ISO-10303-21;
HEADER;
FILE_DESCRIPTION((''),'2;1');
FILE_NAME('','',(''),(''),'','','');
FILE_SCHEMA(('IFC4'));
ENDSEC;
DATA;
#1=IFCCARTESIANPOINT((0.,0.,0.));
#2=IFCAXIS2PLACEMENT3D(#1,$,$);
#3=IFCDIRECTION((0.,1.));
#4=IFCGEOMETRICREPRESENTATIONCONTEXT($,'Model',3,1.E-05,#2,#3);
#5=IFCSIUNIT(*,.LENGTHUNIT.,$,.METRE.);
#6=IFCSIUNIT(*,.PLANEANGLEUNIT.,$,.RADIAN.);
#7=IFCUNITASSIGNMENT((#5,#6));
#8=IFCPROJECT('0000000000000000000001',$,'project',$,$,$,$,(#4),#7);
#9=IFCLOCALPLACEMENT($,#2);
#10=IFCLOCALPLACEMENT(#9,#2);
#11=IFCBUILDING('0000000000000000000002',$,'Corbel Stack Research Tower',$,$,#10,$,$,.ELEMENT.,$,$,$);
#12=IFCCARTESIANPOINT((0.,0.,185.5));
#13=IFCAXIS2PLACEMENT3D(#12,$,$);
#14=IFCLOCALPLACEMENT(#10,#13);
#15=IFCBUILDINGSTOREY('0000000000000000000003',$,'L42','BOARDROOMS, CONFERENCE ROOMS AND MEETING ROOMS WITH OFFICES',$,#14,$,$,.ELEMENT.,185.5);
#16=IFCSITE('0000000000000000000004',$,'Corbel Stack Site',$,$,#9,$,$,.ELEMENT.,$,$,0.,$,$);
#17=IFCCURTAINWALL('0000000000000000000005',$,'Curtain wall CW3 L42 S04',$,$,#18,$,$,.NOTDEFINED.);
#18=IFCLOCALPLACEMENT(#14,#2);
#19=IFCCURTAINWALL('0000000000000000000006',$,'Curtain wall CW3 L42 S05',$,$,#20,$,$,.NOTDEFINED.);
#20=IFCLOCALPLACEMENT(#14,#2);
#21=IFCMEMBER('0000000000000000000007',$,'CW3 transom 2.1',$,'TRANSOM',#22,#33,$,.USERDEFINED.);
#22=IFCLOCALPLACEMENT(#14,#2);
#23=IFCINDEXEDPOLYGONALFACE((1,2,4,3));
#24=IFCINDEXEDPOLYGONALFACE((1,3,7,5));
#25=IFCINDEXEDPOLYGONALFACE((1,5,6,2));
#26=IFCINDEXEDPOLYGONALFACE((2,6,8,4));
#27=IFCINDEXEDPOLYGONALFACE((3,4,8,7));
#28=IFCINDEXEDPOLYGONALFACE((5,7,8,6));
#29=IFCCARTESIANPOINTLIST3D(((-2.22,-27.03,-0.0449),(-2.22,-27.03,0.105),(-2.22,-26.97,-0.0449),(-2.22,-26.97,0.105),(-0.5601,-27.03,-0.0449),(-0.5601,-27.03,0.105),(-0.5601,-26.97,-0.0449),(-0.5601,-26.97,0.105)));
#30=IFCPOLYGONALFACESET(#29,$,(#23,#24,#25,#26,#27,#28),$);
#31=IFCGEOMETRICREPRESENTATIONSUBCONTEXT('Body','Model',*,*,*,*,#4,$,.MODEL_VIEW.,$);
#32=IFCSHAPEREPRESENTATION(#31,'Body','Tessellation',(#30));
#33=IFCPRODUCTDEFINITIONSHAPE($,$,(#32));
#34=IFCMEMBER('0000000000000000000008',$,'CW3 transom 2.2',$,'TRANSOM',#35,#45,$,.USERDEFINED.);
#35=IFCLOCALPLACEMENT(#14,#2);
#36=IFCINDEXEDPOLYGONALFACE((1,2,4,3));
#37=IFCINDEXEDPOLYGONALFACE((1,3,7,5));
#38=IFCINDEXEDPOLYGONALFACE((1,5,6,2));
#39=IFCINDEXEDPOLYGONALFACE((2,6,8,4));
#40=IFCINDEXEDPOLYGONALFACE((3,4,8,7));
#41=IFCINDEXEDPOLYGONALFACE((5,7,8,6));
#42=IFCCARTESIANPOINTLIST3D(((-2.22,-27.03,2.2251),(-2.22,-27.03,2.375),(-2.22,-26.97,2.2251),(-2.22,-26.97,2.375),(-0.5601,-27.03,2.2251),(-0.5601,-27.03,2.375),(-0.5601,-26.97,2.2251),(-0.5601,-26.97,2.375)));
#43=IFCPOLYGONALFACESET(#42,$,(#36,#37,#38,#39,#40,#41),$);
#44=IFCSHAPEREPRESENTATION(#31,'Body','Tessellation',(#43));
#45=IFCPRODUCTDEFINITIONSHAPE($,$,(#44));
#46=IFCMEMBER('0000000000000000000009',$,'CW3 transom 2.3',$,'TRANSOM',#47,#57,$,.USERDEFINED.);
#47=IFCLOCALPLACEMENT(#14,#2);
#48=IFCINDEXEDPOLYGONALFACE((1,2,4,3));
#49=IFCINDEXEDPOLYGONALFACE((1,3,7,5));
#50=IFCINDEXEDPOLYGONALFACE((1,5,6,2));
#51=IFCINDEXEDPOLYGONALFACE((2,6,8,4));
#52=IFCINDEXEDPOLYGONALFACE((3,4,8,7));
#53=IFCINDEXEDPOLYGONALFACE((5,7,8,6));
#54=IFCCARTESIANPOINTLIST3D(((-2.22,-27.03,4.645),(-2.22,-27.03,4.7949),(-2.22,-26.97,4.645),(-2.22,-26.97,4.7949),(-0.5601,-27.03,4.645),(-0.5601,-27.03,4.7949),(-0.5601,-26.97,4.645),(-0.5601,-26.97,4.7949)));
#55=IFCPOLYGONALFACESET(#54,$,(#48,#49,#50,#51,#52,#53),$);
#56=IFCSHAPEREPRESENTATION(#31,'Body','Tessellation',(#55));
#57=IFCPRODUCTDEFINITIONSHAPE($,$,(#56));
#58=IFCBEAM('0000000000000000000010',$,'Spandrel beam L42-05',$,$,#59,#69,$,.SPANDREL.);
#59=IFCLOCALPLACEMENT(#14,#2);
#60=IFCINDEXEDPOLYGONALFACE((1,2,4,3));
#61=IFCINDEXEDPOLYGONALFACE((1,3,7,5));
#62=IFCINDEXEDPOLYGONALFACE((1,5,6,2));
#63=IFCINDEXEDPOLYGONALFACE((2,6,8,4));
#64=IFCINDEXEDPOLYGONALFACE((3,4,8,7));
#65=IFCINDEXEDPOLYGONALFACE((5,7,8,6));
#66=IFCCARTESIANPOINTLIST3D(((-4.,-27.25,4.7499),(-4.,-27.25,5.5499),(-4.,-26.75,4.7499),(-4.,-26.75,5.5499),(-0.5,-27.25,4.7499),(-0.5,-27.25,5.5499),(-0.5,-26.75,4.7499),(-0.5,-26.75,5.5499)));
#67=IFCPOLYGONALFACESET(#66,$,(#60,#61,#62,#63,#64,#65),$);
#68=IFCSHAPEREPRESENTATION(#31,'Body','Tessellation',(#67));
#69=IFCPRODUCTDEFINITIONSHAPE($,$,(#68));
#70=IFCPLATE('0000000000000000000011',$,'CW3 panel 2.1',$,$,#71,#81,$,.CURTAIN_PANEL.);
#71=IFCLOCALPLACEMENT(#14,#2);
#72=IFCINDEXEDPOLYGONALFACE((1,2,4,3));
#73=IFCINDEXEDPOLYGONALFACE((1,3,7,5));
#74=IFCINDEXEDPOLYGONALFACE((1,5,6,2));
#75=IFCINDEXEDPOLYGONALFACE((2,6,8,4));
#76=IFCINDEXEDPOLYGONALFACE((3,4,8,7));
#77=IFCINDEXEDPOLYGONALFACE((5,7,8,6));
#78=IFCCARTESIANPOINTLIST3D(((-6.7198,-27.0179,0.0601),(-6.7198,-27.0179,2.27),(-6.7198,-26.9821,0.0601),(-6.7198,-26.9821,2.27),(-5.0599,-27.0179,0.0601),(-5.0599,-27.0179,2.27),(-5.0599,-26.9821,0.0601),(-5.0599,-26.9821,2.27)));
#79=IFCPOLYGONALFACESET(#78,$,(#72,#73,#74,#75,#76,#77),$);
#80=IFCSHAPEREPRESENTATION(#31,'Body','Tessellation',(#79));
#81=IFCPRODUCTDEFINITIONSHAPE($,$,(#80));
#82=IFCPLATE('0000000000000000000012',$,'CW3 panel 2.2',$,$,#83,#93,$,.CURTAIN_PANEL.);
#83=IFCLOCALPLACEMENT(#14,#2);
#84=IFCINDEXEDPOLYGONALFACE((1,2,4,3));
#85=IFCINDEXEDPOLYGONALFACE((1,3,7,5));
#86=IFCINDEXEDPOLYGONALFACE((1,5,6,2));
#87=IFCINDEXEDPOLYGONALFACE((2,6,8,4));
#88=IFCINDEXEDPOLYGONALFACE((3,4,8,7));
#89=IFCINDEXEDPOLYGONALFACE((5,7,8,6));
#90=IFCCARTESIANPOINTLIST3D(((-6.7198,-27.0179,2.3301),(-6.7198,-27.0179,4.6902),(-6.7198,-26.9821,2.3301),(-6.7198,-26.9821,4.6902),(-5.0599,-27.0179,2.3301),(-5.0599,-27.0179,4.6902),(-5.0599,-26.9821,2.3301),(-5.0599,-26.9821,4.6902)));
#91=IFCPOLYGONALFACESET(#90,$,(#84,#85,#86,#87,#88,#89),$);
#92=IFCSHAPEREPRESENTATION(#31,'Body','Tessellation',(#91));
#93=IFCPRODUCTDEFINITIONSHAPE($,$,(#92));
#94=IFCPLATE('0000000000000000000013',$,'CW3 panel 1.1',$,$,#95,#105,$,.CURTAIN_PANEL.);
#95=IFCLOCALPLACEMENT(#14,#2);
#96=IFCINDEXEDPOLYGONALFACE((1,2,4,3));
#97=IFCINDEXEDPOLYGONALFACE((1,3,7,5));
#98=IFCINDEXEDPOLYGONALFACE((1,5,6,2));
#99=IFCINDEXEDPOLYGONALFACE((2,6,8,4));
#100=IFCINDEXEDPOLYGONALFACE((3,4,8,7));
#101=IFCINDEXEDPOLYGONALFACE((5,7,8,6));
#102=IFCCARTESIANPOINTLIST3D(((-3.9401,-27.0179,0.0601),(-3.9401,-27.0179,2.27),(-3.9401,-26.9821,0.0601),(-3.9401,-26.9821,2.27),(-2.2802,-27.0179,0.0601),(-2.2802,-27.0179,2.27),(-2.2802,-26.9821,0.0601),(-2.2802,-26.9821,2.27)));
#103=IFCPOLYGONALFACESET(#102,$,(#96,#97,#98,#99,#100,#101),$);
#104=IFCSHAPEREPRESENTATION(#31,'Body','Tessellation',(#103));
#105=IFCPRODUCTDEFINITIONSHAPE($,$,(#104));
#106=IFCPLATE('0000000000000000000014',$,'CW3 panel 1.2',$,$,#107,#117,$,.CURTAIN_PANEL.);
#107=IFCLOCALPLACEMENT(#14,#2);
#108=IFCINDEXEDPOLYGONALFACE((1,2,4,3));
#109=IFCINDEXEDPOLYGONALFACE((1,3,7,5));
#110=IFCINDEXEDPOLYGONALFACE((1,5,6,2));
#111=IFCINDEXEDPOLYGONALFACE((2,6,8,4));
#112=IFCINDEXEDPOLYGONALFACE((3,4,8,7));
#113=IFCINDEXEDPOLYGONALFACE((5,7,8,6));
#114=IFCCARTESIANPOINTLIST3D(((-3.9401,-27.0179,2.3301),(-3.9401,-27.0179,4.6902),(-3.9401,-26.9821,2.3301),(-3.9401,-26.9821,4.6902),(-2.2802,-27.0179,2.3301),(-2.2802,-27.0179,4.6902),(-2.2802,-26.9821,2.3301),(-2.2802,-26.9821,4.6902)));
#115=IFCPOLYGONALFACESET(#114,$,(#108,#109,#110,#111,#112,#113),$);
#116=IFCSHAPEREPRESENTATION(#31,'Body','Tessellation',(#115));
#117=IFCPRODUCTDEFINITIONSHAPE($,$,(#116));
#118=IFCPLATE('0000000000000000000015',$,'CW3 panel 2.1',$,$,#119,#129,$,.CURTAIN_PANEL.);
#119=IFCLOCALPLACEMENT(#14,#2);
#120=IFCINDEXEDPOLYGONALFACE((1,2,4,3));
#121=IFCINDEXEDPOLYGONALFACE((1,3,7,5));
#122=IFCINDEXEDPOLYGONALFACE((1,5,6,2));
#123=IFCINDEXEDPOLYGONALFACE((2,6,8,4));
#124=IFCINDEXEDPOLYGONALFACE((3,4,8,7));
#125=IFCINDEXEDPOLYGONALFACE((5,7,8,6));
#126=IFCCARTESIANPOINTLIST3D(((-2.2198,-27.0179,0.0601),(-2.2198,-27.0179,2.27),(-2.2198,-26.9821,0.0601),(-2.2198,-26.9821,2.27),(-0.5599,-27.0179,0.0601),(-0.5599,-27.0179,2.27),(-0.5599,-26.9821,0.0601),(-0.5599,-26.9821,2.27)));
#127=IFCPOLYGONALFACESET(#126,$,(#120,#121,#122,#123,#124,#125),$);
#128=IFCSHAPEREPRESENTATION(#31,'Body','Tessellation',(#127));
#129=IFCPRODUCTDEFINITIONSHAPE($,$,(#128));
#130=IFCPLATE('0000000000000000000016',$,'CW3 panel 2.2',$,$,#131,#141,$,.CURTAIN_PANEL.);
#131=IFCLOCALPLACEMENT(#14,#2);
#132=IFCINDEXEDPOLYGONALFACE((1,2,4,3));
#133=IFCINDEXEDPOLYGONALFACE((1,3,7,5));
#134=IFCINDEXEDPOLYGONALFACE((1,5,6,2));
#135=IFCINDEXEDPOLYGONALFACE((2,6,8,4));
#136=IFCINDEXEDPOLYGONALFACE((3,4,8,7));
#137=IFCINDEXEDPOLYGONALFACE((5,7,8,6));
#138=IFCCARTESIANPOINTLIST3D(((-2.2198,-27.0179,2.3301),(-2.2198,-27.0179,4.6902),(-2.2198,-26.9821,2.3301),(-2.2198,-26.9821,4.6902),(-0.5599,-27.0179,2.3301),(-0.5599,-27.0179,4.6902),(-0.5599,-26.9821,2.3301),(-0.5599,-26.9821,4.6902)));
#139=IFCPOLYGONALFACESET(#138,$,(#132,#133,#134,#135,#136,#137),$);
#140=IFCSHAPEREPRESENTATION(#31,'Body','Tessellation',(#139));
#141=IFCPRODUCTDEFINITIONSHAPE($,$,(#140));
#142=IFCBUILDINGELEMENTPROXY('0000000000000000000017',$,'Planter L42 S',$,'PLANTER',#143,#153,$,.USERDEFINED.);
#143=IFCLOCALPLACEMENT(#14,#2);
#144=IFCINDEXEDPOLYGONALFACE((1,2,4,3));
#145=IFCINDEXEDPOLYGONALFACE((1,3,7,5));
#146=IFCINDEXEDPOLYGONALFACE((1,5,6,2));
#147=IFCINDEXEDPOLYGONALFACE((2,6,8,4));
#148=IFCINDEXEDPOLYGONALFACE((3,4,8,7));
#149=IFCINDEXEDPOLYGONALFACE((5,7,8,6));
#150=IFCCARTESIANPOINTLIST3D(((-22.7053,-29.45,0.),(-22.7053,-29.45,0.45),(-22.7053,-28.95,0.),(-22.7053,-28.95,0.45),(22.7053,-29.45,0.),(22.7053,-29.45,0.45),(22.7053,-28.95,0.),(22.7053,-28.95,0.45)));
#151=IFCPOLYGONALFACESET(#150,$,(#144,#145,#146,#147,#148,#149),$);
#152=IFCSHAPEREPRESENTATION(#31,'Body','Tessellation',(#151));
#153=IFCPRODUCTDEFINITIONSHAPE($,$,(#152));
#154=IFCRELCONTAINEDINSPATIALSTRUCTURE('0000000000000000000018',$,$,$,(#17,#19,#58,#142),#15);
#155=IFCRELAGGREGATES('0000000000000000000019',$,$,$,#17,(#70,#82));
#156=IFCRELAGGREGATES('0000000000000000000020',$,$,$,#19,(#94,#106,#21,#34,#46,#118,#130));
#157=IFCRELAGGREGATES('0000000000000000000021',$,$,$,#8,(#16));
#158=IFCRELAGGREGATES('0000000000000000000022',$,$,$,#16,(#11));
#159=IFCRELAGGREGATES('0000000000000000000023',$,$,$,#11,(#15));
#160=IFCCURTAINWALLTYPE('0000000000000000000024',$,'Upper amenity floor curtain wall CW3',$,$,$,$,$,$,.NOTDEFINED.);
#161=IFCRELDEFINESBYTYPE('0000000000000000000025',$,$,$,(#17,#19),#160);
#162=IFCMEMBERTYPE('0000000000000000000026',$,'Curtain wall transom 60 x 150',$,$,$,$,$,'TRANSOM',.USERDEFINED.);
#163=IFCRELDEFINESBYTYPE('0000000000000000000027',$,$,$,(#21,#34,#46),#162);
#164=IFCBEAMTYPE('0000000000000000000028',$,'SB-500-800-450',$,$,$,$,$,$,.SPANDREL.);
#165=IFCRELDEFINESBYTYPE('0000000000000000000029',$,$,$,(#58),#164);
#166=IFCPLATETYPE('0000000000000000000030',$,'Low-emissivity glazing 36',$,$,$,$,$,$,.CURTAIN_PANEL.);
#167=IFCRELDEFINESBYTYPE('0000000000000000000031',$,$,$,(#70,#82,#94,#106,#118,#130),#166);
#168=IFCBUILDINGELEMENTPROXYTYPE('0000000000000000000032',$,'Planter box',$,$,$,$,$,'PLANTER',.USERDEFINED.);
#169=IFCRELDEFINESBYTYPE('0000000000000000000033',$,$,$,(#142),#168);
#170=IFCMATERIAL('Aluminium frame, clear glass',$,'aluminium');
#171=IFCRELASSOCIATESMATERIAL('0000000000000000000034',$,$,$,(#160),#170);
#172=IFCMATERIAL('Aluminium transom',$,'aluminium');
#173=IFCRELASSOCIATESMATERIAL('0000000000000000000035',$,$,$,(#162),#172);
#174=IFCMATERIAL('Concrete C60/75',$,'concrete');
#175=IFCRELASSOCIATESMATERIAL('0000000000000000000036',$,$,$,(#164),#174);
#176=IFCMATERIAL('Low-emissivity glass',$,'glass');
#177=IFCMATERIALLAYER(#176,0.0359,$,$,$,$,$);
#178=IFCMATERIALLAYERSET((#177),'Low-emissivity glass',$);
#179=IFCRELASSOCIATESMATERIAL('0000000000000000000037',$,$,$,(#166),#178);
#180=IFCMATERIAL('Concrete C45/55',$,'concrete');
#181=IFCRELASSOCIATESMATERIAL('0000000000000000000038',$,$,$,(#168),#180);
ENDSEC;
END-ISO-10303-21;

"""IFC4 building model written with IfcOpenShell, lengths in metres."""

from ifc_helpers import new_model, si_unit, direction, frame, origin, origin_2d, place, context, subcontext, project, spatial, rectangle, extrude, material, layer, layer_set, material_profile, profile_set, type_object, element, aggregate, save


model = new_model("IFC4")

# Units and contexts
model_context = context("Model", 3, precision=1e-05, world=origin(), true_north=direction((0.0, 1.0)))
body_context = subcontext(model_context, "Body", "Model", "MODEL_VIEW")
ifc_project = project(units=[si_unit("LENGTHUNIT", "METRE"), si_unit("PLANEANGLEUNIT", "RADIAN")], contexts=[model_context])

# Site, building, storey
site_placement = place(None, origin())
site = spatial("IfcSite", under=ifc_project, at=site_placement, Name="Corbel Stack Site", CompositionType="ELEMENT", RefElevation=0.0)
building_placement = place(site_placement, origin())
building = spatial("IfcBuilding", under=site, at=building_placement, Name="Corbel Stack Research Tower", CompositionType="ELEMENT")
storey_placement = place(building_placement, frame((0.0, 0.0, 185.5)))
storey = spatial("IfcBuildingStorey", under=building, at=storey_placement, Name="L42", Description="BOARDROOMS, CONFERENCE ROOMS AND MEETING ROOMS WITH OFFICES", CompositionType="ELEMENT", Elevation=185.5)

# Curtain walls
ifc_material_1 = material(Name="Aluminium frame, clear glass", Category="aluminium")
curtain_wall_type = type_object("IfcCurtainWallType", Name="Upper amenity floor curtain wall CW3", PredefinedType="NOTDEFINED", material=ifc_material_1)
curtain_wall_1_placement = place(storey_placement, origin())
curtain_wall_1 = element("IfcCurtainWall", 1, at=curtain_wall_1_placement, inside=storey, type_object=curtain_wall_type, Name="Curtain wall CW3 L42 S04", PredefinedType="NOTDEFINED")
curtain_wall_2_placement = place(storey_placement, origin())
curtain_wall_2 = element("IfcCurtainWall", 2, at=curtain_wall_2_placement, inside=storey, type_object=curtain_wall_type, Name="Curtain wall CW3 L42 S05", PredefinedType="NOTDEFINED")

# Members
ifc_material_2 = material(Name="Aluminium transom", Category="aluminium")
ifc_material_profile_1 = material_profile(ifc_material_2, rectangle(XDim=0.0601, YDim=0.1499, at=origin_2d()), Name="Transom 60 x 150")
ifc_profile_set_1 = profile_set([ifc_material_profile_1], Name="Aluminium transom")
member_type_1 = type_object("IfcMemberType", Name="Curtain wall transom 60 x 150", ElementType="TRANSOM", PredefinedType="USERDEFINED", material=ifc_profile_set_1)
member_1_placement = place(storey_placement, frame((-2.22, -27.0, 0.03), z_axis=(1.0, 0.0, 0.0), x_axis=(0.0, 1.0, 0.0)))
member_1 = element("IfcMember", 3, at=member_1_placement, type_object=member_type_1, Name="CW3 transom 2.1", ObjectType="TRANSOM", PredefinedType="USERDEFINED", context=body_context, shape_type="SweptSolid", body=[
    extrude(rectangle(XDim=0.0601, YDim=0.1499, at=origin_2d()), origin(), (0.0, 0.0, 1.0), 1.6599),
])
member_2_placement = place(storey_placement, frame((-2.22, -27.0, 2.3), z_axis=(1.0, 0.0, 0.0), x_axis=(0.0, 1.0, 0.0)))
member_2 = element("IfcMember", 4, at=member_2_placement, type_object=member_type_1, Name="CW3 transom 2.2", ObjectType="TRANSOM", PredefinedType="USERDEFINED", context=body_context, shape_type="SweptSolid", body=[
    extrude(rectangle(XDim=0.0601, YDim=0.1499, at=origin_2d()), origin(), (0.0, 0.0, 1.0), 1.6599),
])
member_3_placement = place(storey_placement, frame((-2.22, -27.0, 4.72), z_axis=(1.0, 0.0, 0.0), x_axis=(0.0, 1.0, 0.0)))
member_3 = element("IfcMember", 5, at=member_3_placement, type_object=member_type_1, Name="CW3 transom 2.3", ObjectType="TRANSOM", PredefinedType="USERDEFINED", context=body_context, shape_type="SweptSolid", body=[
    extrude(rectangle(XDim=0.0601, YDim=0.1499, at=origin_2d()), origin(), (0.0, 0.0, 1.0), 1.6599),
])

# Beam
ifc_material_3 = material(Name="Concrete C60/75", Category="concrete")
ifc_material_profile_2 = material_profile(ifc_material_3, rectangle(XDim=0.5, YDim=0.8, at=origin_2d()), Name="RC 500 x 800")
ifc_profile_set_2 = profile_set([ifc_material_profile_2], Name="Concrete C60/75")
beam_type = type_object("IfcBeamType", Name="SB-500-800-450", PredefinedType="SPANDREL", material=ifc_profile_set_2)
beam_placement = place(storey_placement, frame((-4.0, -27.0, 5.1499), z_axis=(1.0, 0.0, 0.0), x_axis=(0.0, 1.0, 0.0)))
element("IfcBeam", 6, at=beam_placement, inside=storey, type_object=beam_type, Name="Spandrel beam L42-05", PredefinedType="SPANDREL", context=body_context, shape_type="SweptSolid", body=[
    extrude(rectangle(XDim=0.5, YDim=0.8, at=origin_2d()), origin(), (0.0, 0.0, 1.0), 3.5),
])

# Plates
ifc_material_4 = material(Name="Low-emissivity glass", Category="glass")
ifc_layer = layer(ifc_material_4, 0.0359)
ifc_layer_set = layer_set([ifc_layer], Name="Low-emissivity glass")
plate_type = type_object("IfcPlateType", Name="Low-emissivity glazing 36", PredefinedType="CURTAIN_PANEL", material=ifc_layer_set)
plate_1_placement = place(storey_placement, frame((-5.8899, -27.0, 0.0601), z_axis=(0.0, 0.0, 1.0), x_axis=(1.0, 0.0, 0.0)))
plate_1 = element("IfcPlate", 7, at=plate_1_placement, type_object=plate_type, Name="CW3 panel 2.1", PredefinedType="CURTAIN_PANEL", context=body_context, shape_type="SweptSolid", body=[
    extrude(rectangle(XDim=1.6599, YDim=0.0359, at=origin_2d()), origin(), (0.0, 0.0, 1.0), 2.21),
])
plate_2_placement = place(storey_placement, frame((-5.8899, -27.0, 2.3301), z_axis=(0.0, 0.0, 1.0), x_axis=(1.0, 0.0, 0.0)))
plate_2 = element("IfcPlate", 8, at=plate_2_placement, type_object=plate_type, Name="CW3 panel 2.2", PredefinedType="CURTAIN_PANEL", context=body_context, shape_type="SweptSolid", body=[
    extrude(rectangle(XDim=1.6599, YDim=0.0359, at=origin_2d()), origin(), (0.0, 0.0, 1.0), 2.3601),
])
aggregate(curtain_wall_1, [plate_1, plate_2])
plate_3_placement = place(storey_placement, frame((-3.1101, -27.0, 0.0601), z_axis=(0.0, 0.0, 1.0), x_axis=(1.0, 0.0, 0.0)))
plate_3 = element("IfcPlate", 9, at=plate_3_placement, type_object=plate_type, Name="CW3 panel 1.1", PredefinedType="CURTAIN_PANEL", context=body_context, shape_type="SweptSolid", body=[
    extrude(rectangle(XDim=1.6599, YDim=0.0359, at=origin_2d()), origin(), (0.0, 0.0, 1.0), 2.21),
])
plate_4_placement = place(storey_placement, frame((-3.1101, -27.0, 2.3301), z_axis=(0.0, 0.0, 1.0), x_axis=(1.0, 0.0, 0.0)))
plate_4 = element("IfcPlate", 10, at=plate_4_placement, type_object=plate_type, Name="CW3 panel 1.2", PredefinedType="CURTAIN_PANEL", context=body_context, shape_type="SweptSolid", body=[
    extrude(rectangle(XDim=1.6599, YDim=0.0359, at=origin_2d()), origin(), (0.0, 0.0, 1.0), 2.3601),
])
plate_5_placement = place(storey_placement, frame((-1.3899, -27.0, 0.0601), z_axis=(0.0, 0.0, 1.0), x_axis=(1.0, 0.0, 0.0)))
plate_5 = element("IfcPlate", 11, at=plate_5_placement, type_object=plate_type, Name="CW3 panel 2.1", PredefinedType="CURTAIN_PANEL", context=body_context, shape_type="SweptSolid", body=[
    extrude(rectangle(XDim=1.6599, YDim=0.0359, at=origin_2d()), origin(), (0.0, 0.0, 1.0), 2.21),
])
plate_6_placement = place(storey_placement, frame((-1.3899, -27.0, 2.3301), z_axis=(0.0, 0.0, 1.0), x_axis=(1.0, 0.0, 0.0)))
plate_6 = element("IfcPlate", 12, at=plate_6_placement, type_object=plate_type, Name="CW3 panel 2.2", PredefinedType="CURTAIN_PANEL", context=body_context, shape_type="SweptSolid", body=[
    extrude(rectangle(XDim=1.6599, YDim=0.0359, at=origin_2d()), origin(), (0.0, 0.0, 1.0), 2.3601),
])
aggregate(curtain_wall_2, [plate_3, plate_4, member_1, member_2, member_3, plate_5, plate_6])

# Building element proxy
ifc_material_5 = material(Name="Concrete C45/55", Category="concrete")
building_element_proxy_type = type_object("IfcBuildingElementProxyType", Name="Planter box", ElementType="PLANTER", PredefinedType="USERDEFINED", material=ifc_material_5)
proxy_placement = place(storey_placement, frame((0.0, -29.2, 0.0), z_axis=(0.0, 0.0, 1.0), x_axis=(1.0, 0.0, 0.0)))
element("IfcBuildingElementProxy", 13, at=proxy_placement, inside=storey, type_object=building_element_proxy_type, Name="Planter L42 S", ObjectType="PLANTER", PredefinedType="USERDEFINED", context=body_context, shape_type="SweptSolid", body=[
    extrude(rectangle(XDim=45.4106, YDim=0.5, at=origin_2d()), origin(), (0.0, 0.0, 1.0), 0.45),
])

save(model, "model.ifc")
